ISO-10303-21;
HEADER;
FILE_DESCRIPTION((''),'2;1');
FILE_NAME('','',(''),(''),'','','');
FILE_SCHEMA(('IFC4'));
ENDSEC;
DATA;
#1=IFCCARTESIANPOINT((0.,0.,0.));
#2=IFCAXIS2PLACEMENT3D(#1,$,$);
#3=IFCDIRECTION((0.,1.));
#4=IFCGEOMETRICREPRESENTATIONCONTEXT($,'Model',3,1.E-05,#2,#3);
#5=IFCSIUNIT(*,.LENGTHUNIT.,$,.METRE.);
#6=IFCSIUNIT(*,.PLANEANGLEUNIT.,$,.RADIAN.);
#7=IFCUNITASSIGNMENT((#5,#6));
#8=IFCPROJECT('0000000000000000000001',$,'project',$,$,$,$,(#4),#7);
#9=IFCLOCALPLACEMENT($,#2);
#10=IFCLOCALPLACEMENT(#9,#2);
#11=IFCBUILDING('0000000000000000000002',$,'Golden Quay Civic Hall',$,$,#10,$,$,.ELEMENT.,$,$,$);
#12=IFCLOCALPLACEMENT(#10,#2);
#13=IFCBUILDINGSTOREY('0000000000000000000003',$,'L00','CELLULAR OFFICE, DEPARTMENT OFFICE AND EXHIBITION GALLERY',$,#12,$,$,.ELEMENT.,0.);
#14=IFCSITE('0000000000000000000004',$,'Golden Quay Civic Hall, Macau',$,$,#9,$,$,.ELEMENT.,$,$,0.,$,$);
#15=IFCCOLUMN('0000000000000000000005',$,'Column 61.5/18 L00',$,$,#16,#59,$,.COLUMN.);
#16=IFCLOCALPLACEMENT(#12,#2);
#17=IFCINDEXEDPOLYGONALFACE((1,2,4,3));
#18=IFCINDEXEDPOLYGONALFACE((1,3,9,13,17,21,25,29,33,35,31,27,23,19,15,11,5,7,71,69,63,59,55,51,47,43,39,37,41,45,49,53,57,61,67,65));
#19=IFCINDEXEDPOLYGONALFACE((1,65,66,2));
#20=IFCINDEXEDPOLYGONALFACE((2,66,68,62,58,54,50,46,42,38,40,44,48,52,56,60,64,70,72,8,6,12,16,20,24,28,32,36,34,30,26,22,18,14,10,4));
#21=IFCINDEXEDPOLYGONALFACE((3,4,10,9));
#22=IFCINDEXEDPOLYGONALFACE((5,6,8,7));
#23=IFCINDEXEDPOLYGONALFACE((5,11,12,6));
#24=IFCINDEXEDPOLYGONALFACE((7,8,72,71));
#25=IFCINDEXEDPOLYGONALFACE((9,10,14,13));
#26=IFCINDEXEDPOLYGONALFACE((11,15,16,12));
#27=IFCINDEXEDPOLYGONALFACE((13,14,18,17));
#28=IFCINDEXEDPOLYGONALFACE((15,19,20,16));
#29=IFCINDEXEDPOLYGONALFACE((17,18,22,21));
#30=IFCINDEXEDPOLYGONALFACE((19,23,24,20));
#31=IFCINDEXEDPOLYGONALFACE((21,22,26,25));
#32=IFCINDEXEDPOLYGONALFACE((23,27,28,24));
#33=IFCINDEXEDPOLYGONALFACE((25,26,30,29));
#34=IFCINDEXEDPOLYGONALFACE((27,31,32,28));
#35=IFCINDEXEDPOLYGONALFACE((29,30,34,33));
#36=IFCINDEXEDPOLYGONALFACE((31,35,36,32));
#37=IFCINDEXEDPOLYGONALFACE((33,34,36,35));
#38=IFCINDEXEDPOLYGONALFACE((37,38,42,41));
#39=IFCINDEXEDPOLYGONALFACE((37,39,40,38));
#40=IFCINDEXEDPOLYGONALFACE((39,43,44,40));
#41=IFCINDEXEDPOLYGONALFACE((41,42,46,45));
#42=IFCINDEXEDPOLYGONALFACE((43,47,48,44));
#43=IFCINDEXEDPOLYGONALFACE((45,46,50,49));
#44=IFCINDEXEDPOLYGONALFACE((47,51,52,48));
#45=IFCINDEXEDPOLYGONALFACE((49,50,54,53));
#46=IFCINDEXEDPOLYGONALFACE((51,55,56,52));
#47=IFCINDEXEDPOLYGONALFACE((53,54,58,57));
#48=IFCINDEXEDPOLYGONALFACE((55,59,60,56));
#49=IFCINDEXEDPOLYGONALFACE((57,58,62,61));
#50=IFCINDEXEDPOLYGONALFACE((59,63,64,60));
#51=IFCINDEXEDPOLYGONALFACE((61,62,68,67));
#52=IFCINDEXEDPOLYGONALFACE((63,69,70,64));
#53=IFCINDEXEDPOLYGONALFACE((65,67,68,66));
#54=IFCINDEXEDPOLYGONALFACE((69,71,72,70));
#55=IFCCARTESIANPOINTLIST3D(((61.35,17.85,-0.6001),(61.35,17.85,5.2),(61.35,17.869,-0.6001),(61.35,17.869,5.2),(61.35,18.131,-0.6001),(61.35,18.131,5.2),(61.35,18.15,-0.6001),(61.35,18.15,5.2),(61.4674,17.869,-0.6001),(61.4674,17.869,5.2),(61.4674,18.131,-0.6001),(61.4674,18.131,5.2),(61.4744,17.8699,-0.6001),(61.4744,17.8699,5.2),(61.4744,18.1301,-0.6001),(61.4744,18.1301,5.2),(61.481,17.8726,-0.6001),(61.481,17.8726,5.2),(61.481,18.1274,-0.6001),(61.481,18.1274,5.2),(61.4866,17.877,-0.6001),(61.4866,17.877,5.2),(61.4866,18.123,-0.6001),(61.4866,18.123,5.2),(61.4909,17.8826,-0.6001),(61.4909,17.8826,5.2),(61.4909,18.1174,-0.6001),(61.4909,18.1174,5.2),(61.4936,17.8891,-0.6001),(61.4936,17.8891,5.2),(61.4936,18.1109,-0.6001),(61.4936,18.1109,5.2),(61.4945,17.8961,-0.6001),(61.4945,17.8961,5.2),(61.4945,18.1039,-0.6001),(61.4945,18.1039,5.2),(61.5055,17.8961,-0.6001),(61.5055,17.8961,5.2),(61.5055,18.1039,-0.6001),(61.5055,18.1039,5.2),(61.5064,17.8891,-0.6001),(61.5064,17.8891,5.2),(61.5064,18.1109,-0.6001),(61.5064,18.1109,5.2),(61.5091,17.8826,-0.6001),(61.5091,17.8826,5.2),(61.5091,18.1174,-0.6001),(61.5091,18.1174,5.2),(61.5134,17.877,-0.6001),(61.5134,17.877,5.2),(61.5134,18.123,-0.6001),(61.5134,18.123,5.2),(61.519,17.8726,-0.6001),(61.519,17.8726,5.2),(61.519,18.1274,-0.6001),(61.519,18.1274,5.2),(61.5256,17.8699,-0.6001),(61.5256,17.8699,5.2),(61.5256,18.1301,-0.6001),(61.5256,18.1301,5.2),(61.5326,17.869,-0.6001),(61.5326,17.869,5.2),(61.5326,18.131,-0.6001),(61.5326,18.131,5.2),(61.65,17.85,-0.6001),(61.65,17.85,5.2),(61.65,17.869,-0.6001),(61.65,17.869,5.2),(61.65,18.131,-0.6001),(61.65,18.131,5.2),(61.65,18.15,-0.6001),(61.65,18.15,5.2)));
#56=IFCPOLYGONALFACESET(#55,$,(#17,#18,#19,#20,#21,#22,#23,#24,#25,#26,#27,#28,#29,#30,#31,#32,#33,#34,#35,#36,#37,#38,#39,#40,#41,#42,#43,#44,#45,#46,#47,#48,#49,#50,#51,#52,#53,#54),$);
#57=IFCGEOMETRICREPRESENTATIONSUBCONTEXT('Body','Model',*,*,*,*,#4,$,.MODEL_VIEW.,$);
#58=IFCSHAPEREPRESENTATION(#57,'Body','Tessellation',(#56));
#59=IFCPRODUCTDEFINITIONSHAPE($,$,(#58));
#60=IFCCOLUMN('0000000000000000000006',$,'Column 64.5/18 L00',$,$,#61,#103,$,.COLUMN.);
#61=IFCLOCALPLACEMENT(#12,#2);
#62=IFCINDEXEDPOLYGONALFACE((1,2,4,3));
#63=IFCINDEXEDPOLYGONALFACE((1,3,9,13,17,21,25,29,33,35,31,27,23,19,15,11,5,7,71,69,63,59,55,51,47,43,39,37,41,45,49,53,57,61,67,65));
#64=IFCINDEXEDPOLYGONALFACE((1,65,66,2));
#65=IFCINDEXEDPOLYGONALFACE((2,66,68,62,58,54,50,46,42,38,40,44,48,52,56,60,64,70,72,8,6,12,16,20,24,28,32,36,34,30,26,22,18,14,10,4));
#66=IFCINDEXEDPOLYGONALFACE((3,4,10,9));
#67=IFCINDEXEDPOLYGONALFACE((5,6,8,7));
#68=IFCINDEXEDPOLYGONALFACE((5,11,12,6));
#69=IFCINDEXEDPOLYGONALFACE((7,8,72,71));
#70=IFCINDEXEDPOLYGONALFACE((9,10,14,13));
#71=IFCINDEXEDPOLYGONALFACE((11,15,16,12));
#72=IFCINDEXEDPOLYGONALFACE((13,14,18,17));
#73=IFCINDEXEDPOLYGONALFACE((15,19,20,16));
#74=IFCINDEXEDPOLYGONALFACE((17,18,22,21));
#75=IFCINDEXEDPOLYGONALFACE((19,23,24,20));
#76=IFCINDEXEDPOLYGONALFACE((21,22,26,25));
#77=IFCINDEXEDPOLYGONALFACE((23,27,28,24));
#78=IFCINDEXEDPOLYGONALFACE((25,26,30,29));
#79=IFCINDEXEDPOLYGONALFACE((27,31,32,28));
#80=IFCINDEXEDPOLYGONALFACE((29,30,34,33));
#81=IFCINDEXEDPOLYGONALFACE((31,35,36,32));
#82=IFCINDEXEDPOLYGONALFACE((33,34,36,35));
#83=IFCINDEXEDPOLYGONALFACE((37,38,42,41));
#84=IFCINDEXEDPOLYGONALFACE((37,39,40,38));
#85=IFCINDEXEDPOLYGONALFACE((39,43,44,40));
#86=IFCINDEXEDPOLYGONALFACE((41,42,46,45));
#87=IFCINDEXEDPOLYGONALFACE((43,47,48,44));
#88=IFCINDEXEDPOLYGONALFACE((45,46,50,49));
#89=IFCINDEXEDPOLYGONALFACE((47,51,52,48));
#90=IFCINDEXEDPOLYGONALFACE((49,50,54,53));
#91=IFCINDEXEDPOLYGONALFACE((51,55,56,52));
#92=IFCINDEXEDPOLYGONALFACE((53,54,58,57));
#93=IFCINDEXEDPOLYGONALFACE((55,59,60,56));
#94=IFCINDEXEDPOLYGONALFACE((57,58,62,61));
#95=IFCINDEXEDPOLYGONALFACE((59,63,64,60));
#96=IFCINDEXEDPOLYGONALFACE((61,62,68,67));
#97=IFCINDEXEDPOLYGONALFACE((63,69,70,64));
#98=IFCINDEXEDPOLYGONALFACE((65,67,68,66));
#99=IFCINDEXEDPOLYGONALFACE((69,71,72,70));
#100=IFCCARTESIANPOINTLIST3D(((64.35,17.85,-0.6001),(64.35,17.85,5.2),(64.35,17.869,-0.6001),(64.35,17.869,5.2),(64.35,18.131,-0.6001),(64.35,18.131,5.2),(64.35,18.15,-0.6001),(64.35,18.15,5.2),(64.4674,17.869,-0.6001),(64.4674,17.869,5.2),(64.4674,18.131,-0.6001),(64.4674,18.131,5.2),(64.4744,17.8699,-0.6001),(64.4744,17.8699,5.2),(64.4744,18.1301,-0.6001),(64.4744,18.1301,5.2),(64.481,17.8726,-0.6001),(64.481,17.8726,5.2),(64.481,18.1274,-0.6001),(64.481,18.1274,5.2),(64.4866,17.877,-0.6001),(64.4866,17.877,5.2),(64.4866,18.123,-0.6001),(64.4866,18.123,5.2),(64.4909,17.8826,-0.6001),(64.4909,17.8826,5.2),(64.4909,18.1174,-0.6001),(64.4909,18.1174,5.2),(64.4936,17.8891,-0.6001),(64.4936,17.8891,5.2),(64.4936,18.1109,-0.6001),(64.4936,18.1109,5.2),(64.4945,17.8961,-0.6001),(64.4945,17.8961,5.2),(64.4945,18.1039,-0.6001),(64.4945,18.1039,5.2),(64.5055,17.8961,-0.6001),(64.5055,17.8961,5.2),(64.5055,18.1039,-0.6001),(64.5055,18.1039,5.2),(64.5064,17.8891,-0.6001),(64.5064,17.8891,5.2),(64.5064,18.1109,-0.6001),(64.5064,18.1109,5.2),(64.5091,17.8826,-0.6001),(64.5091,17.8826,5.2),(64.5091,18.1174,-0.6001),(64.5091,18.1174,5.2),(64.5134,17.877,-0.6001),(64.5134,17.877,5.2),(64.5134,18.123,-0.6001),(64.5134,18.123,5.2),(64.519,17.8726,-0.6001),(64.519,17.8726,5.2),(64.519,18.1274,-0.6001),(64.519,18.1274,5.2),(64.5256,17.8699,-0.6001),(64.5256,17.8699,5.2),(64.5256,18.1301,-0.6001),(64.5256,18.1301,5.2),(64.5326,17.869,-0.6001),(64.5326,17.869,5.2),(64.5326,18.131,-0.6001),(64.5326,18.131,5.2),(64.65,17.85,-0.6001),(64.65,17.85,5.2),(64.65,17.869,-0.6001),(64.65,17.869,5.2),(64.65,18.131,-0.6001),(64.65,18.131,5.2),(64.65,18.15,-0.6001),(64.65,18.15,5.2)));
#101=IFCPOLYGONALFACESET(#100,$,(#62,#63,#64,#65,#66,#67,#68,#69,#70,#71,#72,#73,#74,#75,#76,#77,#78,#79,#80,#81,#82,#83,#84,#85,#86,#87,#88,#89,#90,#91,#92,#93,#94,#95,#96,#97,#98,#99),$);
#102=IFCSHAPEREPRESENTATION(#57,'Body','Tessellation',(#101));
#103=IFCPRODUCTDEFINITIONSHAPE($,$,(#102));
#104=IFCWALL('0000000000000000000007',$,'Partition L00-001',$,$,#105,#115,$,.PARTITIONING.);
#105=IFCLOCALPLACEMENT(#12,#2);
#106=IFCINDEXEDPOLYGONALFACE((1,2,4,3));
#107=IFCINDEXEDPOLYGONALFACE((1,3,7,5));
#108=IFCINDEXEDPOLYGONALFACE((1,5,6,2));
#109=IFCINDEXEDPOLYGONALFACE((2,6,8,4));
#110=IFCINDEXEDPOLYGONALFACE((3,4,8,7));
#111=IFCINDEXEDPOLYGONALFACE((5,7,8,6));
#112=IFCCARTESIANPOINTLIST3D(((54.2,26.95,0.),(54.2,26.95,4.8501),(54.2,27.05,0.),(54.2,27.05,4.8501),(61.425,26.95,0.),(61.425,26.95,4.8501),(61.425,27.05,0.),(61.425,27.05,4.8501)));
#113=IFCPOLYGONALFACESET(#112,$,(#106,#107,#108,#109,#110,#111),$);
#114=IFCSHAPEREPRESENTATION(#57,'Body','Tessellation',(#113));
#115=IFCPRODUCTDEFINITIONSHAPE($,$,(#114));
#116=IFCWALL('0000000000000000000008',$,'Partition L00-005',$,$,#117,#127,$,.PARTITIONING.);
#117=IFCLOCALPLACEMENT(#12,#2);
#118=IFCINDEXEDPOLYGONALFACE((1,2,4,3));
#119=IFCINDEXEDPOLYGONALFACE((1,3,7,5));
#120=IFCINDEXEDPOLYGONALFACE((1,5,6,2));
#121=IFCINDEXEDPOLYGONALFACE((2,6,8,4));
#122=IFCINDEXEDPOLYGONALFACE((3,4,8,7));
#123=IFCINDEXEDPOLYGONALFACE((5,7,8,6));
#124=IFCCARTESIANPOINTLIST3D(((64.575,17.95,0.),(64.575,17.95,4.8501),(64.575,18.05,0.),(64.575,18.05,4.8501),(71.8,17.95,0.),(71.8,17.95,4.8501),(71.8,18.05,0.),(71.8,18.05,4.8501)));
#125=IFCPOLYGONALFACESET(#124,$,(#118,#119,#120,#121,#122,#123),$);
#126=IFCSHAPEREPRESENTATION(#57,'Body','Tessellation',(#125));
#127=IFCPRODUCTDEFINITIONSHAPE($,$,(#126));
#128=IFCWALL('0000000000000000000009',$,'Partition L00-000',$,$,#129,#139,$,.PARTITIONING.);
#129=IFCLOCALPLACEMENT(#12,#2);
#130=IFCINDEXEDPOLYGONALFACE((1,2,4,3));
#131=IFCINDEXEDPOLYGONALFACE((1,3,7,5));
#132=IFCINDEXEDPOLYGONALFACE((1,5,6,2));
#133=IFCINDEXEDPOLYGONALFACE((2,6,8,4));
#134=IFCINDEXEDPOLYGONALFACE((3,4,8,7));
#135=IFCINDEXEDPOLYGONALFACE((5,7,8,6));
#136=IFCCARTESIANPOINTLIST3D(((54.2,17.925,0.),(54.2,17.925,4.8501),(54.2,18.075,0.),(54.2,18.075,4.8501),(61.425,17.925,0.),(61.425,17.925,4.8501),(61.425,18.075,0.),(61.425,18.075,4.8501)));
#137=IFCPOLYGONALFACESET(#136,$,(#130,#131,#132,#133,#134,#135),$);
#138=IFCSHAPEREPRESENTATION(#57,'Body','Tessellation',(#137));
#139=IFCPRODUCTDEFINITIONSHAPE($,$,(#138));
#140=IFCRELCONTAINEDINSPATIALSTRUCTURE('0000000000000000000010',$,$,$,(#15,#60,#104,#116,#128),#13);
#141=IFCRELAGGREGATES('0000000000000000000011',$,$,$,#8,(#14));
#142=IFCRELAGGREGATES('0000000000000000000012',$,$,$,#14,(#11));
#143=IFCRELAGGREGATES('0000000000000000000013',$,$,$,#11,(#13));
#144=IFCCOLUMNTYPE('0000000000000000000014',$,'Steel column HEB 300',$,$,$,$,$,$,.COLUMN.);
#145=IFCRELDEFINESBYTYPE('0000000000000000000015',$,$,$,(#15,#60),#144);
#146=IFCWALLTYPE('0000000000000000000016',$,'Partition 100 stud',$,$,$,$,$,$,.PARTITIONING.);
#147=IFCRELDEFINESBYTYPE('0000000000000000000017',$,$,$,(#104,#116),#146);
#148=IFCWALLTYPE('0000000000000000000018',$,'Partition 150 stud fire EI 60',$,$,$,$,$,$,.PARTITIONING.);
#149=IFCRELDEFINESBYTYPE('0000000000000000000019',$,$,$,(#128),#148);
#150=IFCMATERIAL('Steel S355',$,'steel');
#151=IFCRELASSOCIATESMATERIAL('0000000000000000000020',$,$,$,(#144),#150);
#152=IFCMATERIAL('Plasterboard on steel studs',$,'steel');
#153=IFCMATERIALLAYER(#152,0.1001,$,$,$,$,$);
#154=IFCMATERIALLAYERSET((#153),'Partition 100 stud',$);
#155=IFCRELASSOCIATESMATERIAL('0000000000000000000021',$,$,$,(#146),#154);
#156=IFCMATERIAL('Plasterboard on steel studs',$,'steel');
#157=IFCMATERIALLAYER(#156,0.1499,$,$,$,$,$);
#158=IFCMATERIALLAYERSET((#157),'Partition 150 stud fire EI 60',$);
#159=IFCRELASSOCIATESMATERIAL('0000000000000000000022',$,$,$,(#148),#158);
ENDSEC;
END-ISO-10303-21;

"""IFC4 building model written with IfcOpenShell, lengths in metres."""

from ifc_helpers import new_model, si_unit, direction, frame, frame_2d, origin, origin_2d, place, context, subcontext, project, spatial, rectangle, i_section, extrude, material, layer, layer_set, material_profile, profile_set, type_object, element, save


model = new_model("IFC4")

# Units and contexts
model_context = context("Model", 3, precision=1e-05, world=origin(), true_north=direction((0.0, 1.0)))
body_context = subcontext(model_context, "Body", "Model", "MODEL_VIEW")
ifc_project = project(units=[si_unit("LENGTHUNIT", "METRE"), si_unit("PLANEANGLEUNIT", "RADIAN")], contexts=[model_context])

# Site, building, storey
site_placement = place(None, origin())
site = spatial("IfcSite", under=ifc_project, at=site_placement, Name="Golden Quay Civic Hall, Macau", CompositionType="ELEMENT", RefElevation=0.0)
building_placement = place(site_placement, origin())
building = spatial("IfcBuilding", under=site, at=building_placement, Name="Golden Quay Civic Hall", CompositionType="ELEMENT")
storey_placement = place(building_placement, origin())
storey = spatial("IfcBuildingStorey", under=building, at=storey_placement, Name="L00", Description="CELLULAR OFFICE, DEPARTMENT OFFICE AND EXHIBITION GALLERY", CompositionType="ELEMENT", Elevation=0.0)

# Columns
ifc_material_1 = material(Name="Steel S355", Category="steel")
ifc_material_profile_1 = material_profile(ifc_material_1, i_section(OverallWidth=0.3, OverallDepth=0.3, WebThickness=0.011, FlangeThickness=0.019, FilletRadius=0.0271, at=origin_2d()), Name="HEB 300")
ifc_profile_set_1 = profile_set([ifc_material_profile_1], Name="Steel S355")
column_type_1 = type_object("IfcColumnType", Name="Steel column HEB 300", PredefinedType="COLUMN", material=ifc_profile_set_1)
for number, where, z_axis, x_axis, name in (
    (1, (61.5, 18.0, -0.6001), (0.0, 0.0, 1.0), (1.0, 0.0, 0.0), "Column 61.5/18 L00"),
    (2, (64.5, 18.0, -0.6001), (0.0, 0.0, 1.0), (1.0, 0.0, 0.0), "Column 64.5/18 L00"),
):
    element("IfcColumn", number, at=place(storey_placement, frame(where, z_axis=z_axis, x_axis=x_axis)), inside=storey, type_object=column_type_1, Name=name, PredefinedType="COLUMN", context=body_context, shape_type="SweptSolid", body=[
        extrude(i_section(OverallWidth=0.3, OverallDepth=0.3, WebThickness=0.011, FlangeThickness=0.019, FilletRadius=0.0271, at=origin_2d()), origin(), (0.0, 0.0, 1.0), 5.8),
    ])

# Walls
ifc_material_2 = material(Name="Plasterboard on steel studs", Category="steel")
ifc_layer_1 = layer(ifc_material_2, 0.1001)
ifc_layer_set_1 = layer_set([ifc_layer_1], Name="Partition 100 stud")
wall_type_1 = type_object("IfcWallType", Name="Partition 100 stud", PredefinedType="PARTITIONING", material=ifc_layer_set_1)
for number, where, z_axis, x_axis, name in (
    (3, (54.2, 27.0, 0.0), (0.0, 0.0, 1.0), (1.0, 0.0, 0.0), "Partition L00-001"),
    (4, (64.575, 18.0, 0.0), (0.0, 0.0, 1.0), (1.0, 0.0, 0.0), "Partition L00-005"),
):
    element("IfcWall", number, at=place(storey_placement, frame(where, z_axis=z_axis, x_axis=x_axis)), inside=storey, type_object=wall_type_1, Name=name, PredefinedType="PARTITIONING", context=body_context, shape_type="SweptSolid", body=[
        extrude(rectangle(XDim=7.2251, YDim=0.1001, at=frame_2d((3.6125, 0.0))), origin(), (0.0, 0.0, 1.0), 4.8501),
    ])
ifc_material_3 = material(Name="Plasterboard on steel studs", Category="steel")
ifc_layer_2 = layer(ifc_material_3, 0.1499)
ifc_layer_set_2 = layer_set([ifc_layer_2], Name="Partition 150 stud fire EI 60")
wall_type_2 = type_object("IfcWallType", Name="Partition 150 stud fire EI 60", PredefinedType="PARTITIONING", material=ifc_layer_set_2)
wall_1_placement = place(storey_placement, frame((54.2, 18.0, 0.0), z_axis=(0.0, 0.0, 1.0), x_axis=(1.0, 0.0, 0.0)))
element("IfcWall", 5, at=wall_1_placement, inside=storey, type_object=wall_type_2, Name="Partition L00-000", PredefinedType="PARTITIONING", context=body_context, shape_type="SweptSolid", body=[
    extrude(rectangle(XDim=7.2251, YDim=0.1499, at=frame_2d((3.6125, 0.0))), origin(), (0.0, 0.0, 1.0), 4.8501),
])

save(model, "model.ifc")
